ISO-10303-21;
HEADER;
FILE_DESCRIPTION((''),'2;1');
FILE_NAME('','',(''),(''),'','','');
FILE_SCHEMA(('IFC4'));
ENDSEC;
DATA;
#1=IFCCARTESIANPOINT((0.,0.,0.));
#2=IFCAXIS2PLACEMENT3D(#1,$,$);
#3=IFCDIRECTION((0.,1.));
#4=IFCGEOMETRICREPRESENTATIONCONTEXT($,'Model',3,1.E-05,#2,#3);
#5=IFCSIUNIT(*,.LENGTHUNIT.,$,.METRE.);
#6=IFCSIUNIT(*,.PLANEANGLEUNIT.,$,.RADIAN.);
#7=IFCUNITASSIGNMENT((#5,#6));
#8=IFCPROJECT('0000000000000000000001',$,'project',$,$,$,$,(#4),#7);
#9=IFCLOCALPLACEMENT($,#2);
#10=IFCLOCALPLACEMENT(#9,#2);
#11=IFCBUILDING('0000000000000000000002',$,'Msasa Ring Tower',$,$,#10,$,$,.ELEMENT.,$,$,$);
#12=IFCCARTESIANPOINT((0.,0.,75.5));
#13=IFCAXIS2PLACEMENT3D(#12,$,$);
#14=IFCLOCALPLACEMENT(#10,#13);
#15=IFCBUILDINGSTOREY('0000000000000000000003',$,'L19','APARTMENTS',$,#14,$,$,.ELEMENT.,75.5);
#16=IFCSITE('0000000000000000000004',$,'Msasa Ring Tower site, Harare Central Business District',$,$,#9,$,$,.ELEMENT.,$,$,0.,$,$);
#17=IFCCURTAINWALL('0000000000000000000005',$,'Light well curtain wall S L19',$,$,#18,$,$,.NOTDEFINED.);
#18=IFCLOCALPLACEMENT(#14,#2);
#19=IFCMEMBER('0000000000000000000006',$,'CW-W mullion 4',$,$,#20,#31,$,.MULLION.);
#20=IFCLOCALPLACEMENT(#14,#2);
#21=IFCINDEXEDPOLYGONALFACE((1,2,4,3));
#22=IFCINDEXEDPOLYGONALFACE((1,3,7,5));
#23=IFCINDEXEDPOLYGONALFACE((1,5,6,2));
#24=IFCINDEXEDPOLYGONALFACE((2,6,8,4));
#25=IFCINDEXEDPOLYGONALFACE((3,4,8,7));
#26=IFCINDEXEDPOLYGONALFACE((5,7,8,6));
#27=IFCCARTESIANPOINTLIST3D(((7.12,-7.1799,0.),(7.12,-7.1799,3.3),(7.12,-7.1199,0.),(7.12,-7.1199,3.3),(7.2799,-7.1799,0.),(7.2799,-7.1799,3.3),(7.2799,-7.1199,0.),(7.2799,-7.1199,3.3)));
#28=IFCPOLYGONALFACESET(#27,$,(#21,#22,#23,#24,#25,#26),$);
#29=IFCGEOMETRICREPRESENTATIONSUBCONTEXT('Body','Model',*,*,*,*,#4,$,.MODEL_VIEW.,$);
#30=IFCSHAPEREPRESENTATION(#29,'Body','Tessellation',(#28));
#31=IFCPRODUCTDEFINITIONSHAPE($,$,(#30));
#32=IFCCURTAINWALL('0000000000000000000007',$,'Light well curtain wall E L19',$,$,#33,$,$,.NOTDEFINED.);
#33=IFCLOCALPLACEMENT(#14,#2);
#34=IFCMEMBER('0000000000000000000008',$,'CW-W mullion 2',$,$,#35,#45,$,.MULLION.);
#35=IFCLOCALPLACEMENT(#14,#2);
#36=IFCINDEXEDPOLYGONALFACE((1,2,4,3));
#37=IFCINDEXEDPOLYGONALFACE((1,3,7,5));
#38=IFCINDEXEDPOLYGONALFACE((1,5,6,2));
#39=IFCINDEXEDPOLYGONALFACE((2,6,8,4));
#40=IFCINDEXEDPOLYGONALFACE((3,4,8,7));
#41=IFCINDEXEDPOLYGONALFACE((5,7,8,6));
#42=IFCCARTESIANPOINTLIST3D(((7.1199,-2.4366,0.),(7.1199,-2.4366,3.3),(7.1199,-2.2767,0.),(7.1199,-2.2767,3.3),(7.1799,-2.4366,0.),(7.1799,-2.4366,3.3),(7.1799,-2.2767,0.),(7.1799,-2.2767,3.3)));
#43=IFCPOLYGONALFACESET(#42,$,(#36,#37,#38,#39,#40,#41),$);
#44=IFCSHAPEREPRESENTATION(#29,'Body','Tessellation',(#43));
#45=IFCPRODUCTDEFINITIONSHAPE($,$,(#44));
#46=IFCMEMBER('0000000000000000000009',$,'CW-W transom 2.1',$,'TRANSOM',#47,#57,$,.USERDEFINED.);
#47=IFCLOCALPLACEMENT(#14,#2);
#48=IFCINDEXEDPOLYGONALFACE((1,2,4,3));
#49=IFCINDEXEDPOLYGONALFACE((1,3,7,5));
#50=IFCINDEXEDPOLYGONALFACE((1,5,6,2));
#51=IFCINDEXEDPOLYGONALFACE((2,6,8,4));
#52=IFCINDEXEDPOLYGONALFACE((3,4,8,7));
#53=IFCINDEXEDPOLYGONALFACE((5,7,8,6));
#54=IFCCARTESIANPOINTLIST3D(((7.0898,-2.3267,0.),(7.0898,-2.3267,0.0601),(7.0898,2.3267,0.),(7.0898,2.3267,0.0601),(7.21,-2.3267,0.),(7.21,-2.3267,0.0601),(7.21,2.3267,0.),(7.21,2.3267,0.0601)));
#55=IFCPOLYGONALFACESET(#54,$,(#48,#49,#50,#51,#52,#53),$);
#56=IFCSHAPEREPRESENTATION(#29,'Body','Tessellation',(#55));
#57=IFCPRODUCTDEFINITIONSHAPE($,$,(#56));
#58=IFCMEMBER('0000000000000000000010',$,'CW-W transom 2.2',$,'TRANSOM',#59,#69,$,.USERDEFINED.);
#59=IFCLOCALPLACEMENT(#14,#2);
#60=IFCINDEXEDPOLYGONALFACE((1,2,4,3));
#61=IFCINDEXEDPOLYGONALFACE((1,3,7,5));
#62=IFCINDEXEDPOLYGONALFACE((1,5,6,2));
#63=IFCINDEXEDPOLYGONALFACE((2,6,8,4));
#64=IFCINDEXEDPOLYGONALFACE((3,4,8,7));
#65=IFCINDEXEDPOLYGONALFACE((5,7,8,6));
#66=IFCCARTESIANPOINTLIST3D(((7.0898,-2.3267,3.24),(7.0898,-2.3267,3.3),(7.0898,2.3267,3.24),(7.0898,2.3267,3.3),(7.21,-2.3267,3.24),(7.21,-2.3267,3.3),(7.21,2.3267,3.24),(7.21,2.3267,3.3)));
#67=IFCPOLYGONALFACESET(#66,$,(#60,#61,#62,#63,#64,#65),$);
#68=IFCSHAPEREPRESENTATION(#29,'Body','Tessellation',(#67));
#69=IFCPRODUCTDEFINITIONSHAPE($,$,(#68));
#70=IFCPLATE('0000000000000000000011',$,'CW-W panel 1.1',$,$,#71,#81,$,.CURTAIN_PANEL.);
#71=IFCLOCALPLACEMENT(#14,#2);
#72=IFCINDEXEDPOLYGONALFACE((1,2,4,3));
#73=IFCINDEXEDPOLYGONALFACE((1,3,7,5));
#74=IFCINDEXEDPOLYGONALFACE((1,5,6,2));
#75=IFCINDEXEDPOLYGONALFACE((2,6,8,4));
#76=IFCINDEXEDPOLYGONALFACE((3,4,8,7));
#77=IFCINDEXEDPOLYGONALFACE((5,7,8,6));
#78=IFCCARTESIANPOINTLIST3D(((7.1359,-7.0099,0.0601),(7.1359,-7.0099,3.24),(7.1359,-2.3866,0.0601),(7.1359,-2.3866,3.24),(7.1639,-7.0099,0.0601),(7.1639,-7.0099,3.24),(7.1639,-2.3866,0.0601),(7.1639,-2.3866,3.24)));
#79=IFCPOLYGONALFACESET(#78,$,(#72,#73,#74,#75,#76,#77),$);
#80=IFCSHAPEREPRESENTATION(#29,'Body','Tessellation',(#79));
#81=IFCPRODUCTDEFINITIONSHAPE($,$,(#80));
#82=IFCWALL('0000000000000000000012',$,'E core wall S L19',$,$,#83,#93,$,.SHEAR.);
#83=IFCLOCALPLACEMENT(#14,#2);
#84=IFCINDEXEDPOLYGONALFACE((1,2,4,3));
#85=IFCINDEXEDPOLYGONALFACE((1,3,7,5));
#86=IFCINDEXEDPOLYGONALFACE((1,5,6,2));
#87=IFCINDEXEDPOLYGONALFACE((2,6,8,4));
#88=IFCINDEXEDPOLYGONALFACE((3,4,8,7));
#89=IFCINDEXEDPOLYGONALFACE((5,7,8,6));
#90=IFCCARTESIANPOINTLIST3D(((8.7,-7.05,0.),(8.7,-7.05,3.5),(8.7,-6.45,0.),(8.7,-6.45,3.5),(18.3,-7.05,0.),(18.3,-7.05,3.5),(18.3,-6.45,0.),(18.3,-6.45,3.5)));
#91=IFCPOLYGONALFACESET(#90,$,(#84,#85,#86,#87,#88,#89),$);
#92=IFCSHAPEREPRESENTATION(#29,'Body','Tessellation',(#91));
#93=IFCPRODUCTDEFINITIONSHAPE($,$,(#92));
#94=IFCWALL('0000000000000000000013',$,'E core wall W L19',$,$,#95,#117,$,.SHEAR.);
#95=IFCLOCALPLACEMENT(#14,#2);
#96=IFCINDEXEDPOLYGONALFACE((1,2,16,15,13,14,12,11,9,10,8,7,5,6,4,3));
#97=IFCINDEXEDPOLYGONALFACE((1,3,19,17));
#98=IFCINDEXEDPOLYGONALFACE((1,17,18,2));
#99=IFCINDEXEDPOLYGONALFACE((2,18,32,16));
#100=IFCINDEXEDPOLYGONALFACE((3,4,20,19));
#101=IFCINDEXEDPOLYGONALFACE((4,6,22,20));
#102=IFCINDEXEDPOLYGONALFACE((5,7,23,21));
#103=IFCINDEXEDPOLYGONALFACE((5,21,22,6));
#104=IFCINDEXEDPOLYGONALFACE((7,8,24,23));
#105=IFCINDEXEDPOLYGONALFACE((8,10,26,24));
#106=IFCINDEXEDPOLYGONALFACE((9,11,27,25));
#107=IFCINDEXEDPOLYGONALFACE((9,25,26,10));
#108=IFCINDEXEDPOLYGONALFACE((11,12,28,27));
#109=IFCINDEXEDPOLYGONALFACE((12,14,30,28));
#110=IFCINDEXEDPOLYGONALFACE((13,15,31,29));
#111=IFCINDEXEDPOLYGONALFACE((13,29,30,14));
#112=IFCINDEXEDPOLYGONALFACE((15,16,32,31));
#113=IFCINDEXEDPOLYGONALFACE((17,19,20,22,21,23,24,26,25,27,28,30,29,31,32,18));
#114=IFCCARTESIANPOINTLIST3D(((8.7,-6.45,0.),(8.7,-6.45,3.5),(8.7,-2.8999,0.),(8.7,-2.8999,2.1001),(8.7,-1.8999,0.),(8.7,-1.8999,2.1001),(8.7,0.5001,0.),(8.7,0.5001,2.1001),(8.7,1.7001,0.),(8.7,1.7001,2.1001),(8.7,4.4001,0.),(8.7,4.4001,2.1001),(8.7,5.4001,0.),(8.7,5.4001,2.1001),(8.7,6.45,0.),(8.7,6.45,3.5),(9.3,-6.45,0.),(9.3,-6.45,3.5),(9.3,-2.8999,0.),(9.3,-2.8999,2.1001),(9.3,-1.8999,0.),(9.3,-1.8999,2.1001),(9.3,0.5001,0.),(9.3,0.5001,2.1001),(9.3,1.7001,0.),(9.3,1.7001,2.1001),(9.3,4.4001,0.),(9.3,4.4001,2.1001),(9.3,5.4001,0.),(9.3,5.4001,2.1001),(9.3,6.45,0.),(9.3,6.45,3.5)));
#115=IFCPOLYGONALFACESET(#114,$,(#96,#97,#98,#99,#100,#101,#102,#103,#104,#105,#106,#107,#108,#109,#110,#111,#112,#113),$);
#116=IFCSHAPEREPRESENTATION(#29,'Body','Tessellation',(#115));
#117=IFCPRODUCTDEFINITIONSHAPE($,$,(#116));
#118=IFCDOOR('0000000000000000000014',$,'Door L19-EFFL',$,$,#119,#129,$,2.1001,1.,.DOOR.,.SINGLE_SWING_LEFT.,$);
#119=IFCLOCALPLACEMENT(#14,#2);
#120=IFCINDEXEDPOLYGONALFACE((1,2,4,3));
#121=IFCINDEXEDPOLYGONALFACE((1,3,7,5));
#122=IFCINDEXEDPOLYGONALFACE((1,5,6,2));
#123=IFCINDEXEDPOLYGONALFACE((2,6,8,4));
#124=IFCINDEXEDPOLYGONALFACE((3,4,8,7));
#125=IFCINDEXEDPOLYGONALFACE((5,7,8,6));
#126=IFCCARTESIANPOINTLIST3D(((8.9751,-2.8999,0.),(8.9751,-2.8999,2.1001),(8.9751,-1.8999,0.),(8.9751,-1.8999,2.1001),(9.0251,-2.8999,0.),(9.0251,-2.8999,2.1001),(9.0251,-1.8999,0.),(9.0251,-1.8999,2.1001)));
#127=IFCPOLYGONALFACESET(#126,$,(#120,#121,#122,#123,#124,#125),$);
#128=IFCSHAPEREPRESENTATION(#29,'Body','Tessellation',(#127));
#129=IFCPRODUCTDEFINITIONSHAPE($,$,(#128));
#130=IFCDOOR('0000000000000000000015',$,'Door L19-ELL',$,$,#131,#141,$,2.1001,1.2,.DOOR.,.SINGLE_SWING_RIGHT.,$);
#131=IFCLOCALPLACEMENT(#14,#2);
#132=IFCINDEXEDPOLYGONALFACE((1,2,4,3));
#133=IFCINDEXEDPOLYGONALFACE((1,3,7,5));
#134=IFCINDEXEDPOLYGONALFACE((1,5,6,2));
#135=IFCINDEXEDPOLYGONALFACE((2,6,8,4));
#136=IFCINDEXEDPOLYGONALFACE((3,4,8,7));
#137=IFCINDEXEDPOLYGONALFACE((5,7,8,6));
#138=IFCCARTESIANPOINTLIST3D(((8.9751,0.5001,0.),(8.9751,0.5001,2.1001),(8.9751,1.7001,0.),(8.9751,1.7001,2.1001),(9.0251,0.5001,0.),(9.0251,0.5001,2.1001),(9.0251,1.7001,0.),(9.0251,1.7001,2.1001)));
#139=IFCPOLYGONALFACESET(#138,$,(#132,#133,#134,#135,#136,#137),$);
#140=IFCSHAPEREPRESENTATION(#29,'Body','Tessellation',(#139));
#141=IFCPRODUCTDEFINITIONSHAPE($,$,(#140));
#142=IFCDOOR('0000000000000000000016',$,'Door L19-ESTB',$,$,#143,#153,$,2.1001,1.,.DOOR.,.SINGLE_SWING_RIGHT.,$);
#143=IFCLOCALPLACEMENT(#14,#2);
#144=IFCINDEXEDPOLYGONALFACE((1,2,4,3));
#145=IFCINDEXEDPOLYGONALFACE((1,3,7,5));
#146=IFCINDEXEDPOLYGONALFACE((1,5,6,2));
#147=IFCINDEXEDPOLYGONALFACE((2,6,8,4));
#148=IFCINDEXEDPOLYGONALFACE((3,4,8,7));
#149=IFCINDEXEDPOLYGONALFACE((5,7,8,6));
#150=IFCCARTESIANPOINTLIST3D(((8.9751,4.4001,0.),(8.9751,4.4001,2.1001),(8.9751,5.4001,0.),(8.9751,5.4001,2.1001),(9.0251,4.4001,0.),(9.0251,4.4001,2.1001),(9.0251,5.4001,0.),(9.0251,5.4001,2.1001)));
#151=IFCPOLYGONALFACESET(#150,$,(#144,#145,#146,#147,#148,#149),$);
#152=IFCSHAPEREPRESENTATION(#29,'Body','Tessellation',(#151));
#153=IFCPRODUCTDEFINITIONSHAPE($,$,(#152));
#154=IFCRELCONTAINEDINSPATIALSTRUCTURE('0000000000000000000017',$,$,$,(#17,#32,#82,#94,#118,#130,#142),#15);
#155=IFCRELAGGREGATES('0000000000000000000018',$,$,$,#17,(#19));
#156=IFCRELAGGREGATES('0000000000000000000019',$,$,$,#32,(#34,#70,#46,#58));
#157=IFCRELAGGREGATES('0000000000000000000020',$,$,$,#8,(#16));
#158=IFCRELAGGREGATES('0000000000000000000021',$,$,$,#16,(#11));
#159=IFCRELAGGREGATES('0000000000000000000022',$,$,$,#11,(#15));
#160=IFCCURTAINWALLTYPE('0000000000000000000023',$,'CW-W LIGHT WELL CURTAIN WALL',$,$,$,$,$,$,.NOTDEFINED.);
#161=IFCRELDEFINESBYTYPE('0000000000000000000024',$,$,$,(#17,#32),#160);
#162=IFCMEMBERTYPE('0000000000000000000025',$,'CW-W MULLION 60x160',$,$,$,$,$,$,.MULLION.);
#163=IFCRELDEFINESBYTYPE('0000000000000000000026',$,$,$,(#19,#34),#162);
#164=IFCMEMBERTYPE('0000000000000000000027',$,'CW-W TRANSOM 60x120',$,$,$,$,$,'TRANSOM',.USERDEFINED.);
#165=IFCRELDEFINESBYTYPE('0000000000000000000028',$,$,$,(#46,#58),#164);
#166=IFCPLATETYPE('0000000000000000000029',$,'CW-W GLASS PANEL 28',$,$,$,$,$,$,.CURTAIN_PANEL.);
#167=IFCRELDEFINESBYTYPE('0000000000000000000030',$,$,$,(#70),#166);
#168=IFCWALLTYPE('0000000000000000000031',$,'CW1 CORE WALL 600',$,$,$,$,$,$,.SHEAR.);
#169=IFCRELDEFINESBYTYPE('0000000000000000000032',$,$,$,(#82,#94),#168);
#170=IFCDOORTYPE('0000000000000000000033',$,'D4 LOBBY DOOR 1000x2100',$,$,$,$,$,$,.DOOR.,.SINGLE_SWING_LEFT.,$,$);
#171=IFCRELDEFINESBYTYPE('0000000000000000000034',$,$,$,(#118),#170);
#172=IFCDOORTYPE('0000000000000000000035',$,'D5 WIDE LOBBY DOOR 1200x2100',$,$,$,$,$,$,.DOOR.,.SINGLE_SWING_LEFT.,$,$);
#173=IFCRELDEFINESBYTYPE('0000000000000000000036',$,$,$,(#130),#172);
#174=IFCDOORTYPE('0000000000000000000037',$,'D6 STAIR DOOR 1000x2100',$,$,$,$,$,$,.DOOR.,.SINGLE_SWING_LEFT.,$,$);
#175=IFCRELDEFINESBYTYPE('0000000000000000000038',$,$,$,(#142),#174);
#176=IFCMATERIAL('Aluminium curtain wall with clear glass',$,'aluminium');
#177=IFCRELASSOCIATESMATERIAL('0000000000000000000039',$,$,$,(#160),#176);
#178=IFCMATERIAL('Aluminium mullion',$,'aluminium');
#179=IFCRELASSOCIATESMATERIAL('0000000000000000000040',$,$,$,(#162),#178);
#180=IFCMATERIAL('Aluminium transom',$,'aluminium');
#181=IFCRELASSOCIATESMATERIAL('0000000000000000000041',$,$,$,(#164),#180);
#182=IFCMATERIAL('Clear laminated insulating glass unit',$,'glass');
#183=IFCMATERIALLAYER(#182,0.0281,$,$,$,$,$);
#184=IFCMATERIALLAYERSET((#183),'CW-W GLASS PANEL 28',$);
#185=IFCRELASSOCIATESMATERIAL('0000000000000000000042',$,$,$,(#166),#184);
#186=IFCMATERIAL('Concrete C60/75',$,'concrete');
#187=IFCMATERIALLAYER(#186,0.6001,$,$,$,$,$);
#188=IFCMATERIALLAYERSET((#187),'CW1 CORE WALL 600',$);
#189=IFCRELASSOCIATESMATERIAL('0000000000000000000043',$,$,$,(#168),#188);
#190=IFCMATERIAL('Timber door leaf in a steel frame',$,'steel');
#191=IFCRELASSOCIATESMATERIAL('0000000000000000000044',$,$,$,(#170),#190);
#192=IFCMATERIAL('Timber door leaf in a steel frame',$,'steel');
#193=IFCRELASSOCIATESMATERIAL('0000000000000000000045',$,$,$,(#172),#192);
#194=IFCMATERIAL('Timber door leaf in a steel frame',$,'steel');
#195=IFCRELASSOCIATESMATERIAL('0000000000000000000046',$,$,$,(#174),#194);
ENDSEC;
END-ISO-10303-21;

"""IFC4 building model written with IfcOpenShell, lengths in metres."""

from ifc_helpers import new_model, si_unit, direction, frame, frame_2d, origin, origin_2d, place, context, subcontext, project, spatial, rectangle, extrude, material, layer, layer_set, material_profile, profile_set, type_object, element, fill, aggregate, save


model = new_model("IFC4")

# Units and contexts
model_context = context("Model", 3, precision=1e-05, world=origin(), true_north=direction((0.0, 1.0)))
body_context = subcontext(model_context, "Body", "Model", "MODEL_VIEW")
ifc_project = project(units=[si_unit("LENGTHUNIT", "METRE"), si_unit("PLANEANGLEUNIT", "RADIAN")], contexts=[model_context])

# Site, building, storey
site_placement = place(None, origin())
site = spatial("IfcSite", under=ifc_project, at=site_placement, Name="Msasa Ring Tower site, Harare Central Business District", CompositionType="ELEMENT", RefElevation=0.0)
building_placement = place(site_placement, origin())
building = spatial("IfcBuilding", under=site, at=building_placement, Name="Msasa Ring Tower", CompositionType="ELEMENT")
storey_placement = place(building_placement, frame((0.0, 0.0, 75.5)))
storey = spatial("IfcBuildingStorey", under=building, at=storey_placement, Name="L19", Description="APARTMENTS", CompositionType="ELEMENT", Elevation=75.5)

# Curtain wall, member
ifc_material_1 = material(Name="Aluminium curtain wall with clear glass", Category="aluminium")
curtain_wall_type = type_object("IfcCurtainWallType", Name="CW-W LIGHT WELL CURTAIN WALL", PredefinedType="NOTDEFINED", material=ifc_material_1)
curtain_wall_1_placement = place(storey_placement, origin())
curtain_wall_1 = element("IfcCurtainWall", 1, at=curtain_wall_1_placement, inside=storey, type_object=curtain_wall_type, Name="Light well curtain wall S L19", PredefinedType="NOTDEFINED")
ifc_material_2 = material(Name="Aluminium mullion", Category="aluminium")
ifc_material_profile_1 = material_profile(ifc_material_2, rectangle(XDim=0.0601, YDim=0.1599, at=origin_2d()), Name="AL 60x160")
ifc_profile_set_1 = profile_set([ifc_material_profile_1], Name="Aluminium mullion")
member_type_1 = type_object("IfcMemberType", Name="CW-W MULLION 60x160", PredefinedType="MULLION", material=ifc_profile_set_1)
member_1_placement = place(storey_placement, frame((7.2, -7.1499, 0.0), z_axis=(0.0, 0.0, 1.0), x_axis=(0.0, 1.0, 0.0)))
member_1 = element("IfcMember", 2, at=member_1_placement, type_object=member_type_1, Name="CW-W mullion 4", PredefinedType="MULLION", context=body_context, shape_type="SweptSolid", body=[
    extrude(rectangle(XDim=0.0601, YDim=0.1599, at=origin_2d()), origin(), (0.0, 0.0, 1.0), 3.3),
])
aggregate(curtain_wall_1, [member_1])

# Curtain wall, members, plate
curtain_wall_2_placement = place(storey_placement, origin())
curtain_wall_2 = element("IfcCurtainWall", 3, at=curtain_wall_2_placement, inside=storey, type_object=curtain_wall_type, Name="Light well curtain wall E L19", PredefinedType="NOTDEFINED")
member_2_placement = place(storey_placement, frame((7.1499, -2.3567, 0.0), z_axis=(0.0, 0.0, 1.0), x_axis=(-1.0, 0.0, 0.0)))
member_2 = element("IfcMember", 4, at=member_2_placement, type_object=member_type_1, Name="CW-W mullion 2", PredefinedType="MULLION", context=body_context, shape_type="SweptSolid", body=[
    extrude(rectangle(XDim=0.0601, YDim=0.1599, at=origin_2d()), origin(), (0.0, 0.0, 1.0), 3.3),
])
ifc_material_3 = material(Name="Aluminium transom", Category="aluminium")
ifc_material_profile_2 = material_profile(ifc_material_3, rectangle(XDim=0.1201, YDim=0.0601, at=origin_2d()), Name="AL 60x120")
ifc_profile_set_2 = profile_set([ifc_material_profile_2], Name="Aluminium transom")
member_type_2 = type_object("IfcMemberType", Name="CW-W TRANSOM 60x120", ElementType="TRANSOM", PredefinedType="USERDEFINED", material=ifc_profile_set_2)
member_3_placement = place(storey_placement, frame((7.1499, -2.3267, 0.03), z_axis=(0.0, 1.0, 0.0), x_axis=(-1.0, 0.0, 0.0)))
member_3 = element("IfcMember", 5, at=member_3_placement, type_object=member_type_2, Name="CW-W transom 2.1", ObjectType="TRANSOM", PredefinedType="USERDEFINED", context=body_context, shape_type="SweptSolid", body=[
    extrude(rectangle(XDim=0.1201, YDim=0.0601, at=origin_2d()), origin(), (0.0, 0.0, 1.0), 4.6533),
])
member_4_placement = place(storey_placement, frame((7.1499, -2.3267, 3.27), z_axis=(0.0, 1.0, 0.0), x_axis=(-1.0, 0.0, 0.0)))
member_4 = element("IfcMember", 6, at=member_4_placement, type_object=member_type_2, Name="CW-W transom 2.2", ObjectType="TRANSOM", PredefinedType="USERDEFINED", context=body_context, shape_type="SweptSolid", body=[
    extrude(rectangle(XDim=0.1201, YDim=0.0601, at=origin_2d()), origin(), (0.0, 0.0, 1.0), 4.6533),
])
ifc_material_4 = material(Name="Clear laminated insulating glass unit", Category="glass")
ifc_layer_1 = layer(ifc_material_4, 0.0281)
ifc_layer_set_1 = layer_set([ifc_layer_1], Name="CW-W GLASS PANEL 28")
plate_type = type_object("IfcPlateType", Name="CW-W GLASS PANEL 28", PredefinedType="CURTAIN_PANEL", material=ifc_layer_set_1)
plate_placement = place(storey_placement, frame((7.1499, -4.6982, 0.0601), z_axis=(0.0, 0.0, 1.0), x_axis=(0.0, 1.0, 0.0)))
plate = element("IfcPlate", 7, at=plate_placement, type_object=plate_type, Name="CW-W panel 1.1", PredefinedType="CURTAIN_PANEL", context=body_context, shape_type="SweptSolid", body=[
    extrude(rectangle(XDim=4.6233, YDim=0.0281, at=origin_2d()), origin(), (0.0, 0.0, 1.0), 3.1799),
])
aggregate(curtain_wall_2, [member_2, plate, member_3, member_4])

# Wall
ifc_material_5 = material(Name="Concrete C60/75", Category="concrete")
ifc_layer_2 = layer(ifc_material_5, 0.6001)
ifc_layer_set_2 = layer_set([ifc_layer_2], Name="CW1 CORE WALL 600")
wall_type_1 = type_object("IfcWallType", Name="CW1 CORE WALL 600", PredefinedType="SHEAR", material=ifc_layer_set_2)
wall_1_placement = place(storey_placement, frame((8.7, -6.75, 0.0), z_axis=(0.0, 0.0, 1.0), x_axis=(1.0, 0.0, 0.0)))
element("IfcWall", 8, at=wall_1_placement, inside=storey, type_object=wall_type_1, Name="E core wall S L19", PredefinedType="SHEAR", context=body_context, shape_type="SweptSolid", body=[
    extrude(rectangle(XDim=9.6001, YDim=0.6001, at=frame_2d((4.8, 0.0))), origin(), (0.0, 0.0, 1.0), 3.5),
])

# Wall, openings, doors
wall_2_placement = place(storey_placement, frame((9.0, -6.45, 0.0), z_axis=(0.0, 0.0, 1.0), x_axis=(0.0, 1.0, 0.0)))
wall_2 = element("IfcWall", 9, at=wall_2_placement, inside=storey, type_object=wall_type_1, Name="E core wall W L19", PredefinedType="SHEAR", context=body_context, shape_type="SweptSolid", body=[
    extrude(rectangle(XDim=12.8999, YDim=0.6001, at=frame_2d((6.45, 0.0))), origin(), (0.0, 0.0, 1.0), 3.5),
])
opening_1_placement = place(wall_2_placement, frame((3.55, 0.0, 0.0)))
opening_1 = element("IfcOpeningElement", 10, at=opening_1_placement, cuts=wall_2, PredefinedType="OPENING", context=body_context, shape_type="SweptSolid", body=[
    extrude(rectangle(XDim=1.0, YDim=2.1001, at=frame_2d((0.5, 1.05))), frame((0.0, 0.3101, 0.0), z_axis=(0.0, -1.0, 0.0), x_axis=(1.0, 0.0, 0.0)), (0.0, 0.0, 1.0), 0.6201),
])
opening_2_placement = place(wall_2_placement, frame((6.95, 0.0, 0.0)))
opening_2 = element("IfcOpeningElement", 11, at=opening_2_placement, cuts=wall_2, PredefinedType="OPENING", context=body_context, shape_type="SweptSolid", body=[
    extrude(rectangle(XDim=1.2, YDim=2.1001, at=frame_2d((0.6001, 1.05))), frame((0.0, 0.3101, 0.0), z_axis=(0.0, -1.0, 0.0), x_axis=(1.0, 0.0, 0.0)), (0.0, 0.0, 1.0), 0.6201),
])
opening_3_placement = place(wall_2_placement, frame((10.8501, 0.0, 0.0)))
opening_3 = element("IfcOpeningElement", 12, at=opening_3_placement, cuts=wall_2, PredefinedType="OPENING", context=body_context, shape_type="SweptSolid", body=[
    extrude(rectangle(XDim=1.0, YDim=2.1001, at=frame_2d((0.5, 1.05))), frame((0.0, 0.3101, 0.0), z_axis=(0.0, -1.0, 0.0), x_axis=(1.0, 0.0, 0.0)), (0.0, 0.0, 1.0), 0.6201),
])
ifc_material_6 = material(Name="Timber door leaf in a steel frame", Category="steel")
door_type_1 = type_object("IfcDoorType", Name="D4 LOBBY DOOR 1000x2100", OperationType="SINGLE_SWING_LEFT", PredefinedType="DOOR", material=ifc_material_6)
door_1_placement = place(opening_1_placement, origin())
door_1 = element("IfcDoor", 13, at=door_1_placement, inside=storey, type_object=door_type_1, Name="Door L19-EFFL", OperationType="SINGLE_SWING_LEFT", OverallHeight=2.1001, OverallWidth=1.0, PredefinedType="DOOR", context=body_context, shape_type="SweptSolid", body=[
    extrude(rectangle(XDim=1.0, YDim=2.1001, at=frame_2d((0.5, 1.05))), frame((0.0, 0.0249, 0.0), z_axis=(0.0, -1.0, 0.0), x_axis=(1.0, 0.0, 0.0)), (0.0, 0.0, 1.0), 0.05),
])
fill(opening_1, door_1)
ifc_material_7 = material(Name="Timber door leaf in a steel frame", Category="steel")
door_type_2 = type_object("IfcDoorType", Name="D5 WIDE LOBBY DOOR 1200x2100", OperationType="SINGLE_SWING_LEFT", PredefinedType="DOOR", material=ifc_material_7)
door_2_placement = place(opening_2_placement, origin())
door_2 = element("IfcDoor", 14, at=door_2_placement, inside=storey, type_object=door_type_2, Name="Door L19-ELL", OperationType="SINGLE_SWING_RIGHT", OverallHeight=2.1001, OverallWidth=1.2, PredefinedType="DOOR", context=body_context, shape_type="SweptSolid", body=[
    extrude(rectangle(XDim=1.2, YDim=2.1001, at=frame_2d((0.6001, 1.05))), frame((0.0, 0.0249, 0.0), z_axis=(0.0, -1.0, 0.0), x_axis=(1.0, 0.0, 0.0)), (0.0, 0.0, 1.0), 0.05),
])
fill(opening_2, door_2)
ifc_material_8 = material(Name="Timber door leaf in a steel frame", Category="steel")
door_type_3 = type_object("IfcDoorType", Name="D6 STAIR DOOR 1000x2100", OperationType="SINGLE_SWING_LEFT", PredefinedType="DOOR", material=ifc_material_8)
door_3_placement = place(opening_3_placement, origin())
door_3 = element("IfcDoor", 15, at=door_3_placement, inside=storey, type_object=door_type_3, Name="Door L19-ESTB", OperationType="SINGLE_SWING_RIGHT", OverallHeight=2.1001, OverallWidth=1.0, PredefinedType="DOOR", context=body_context, shape_type="SweptSolid", body=[
    extrude(rectangle(XDim=1.0, YDim=2.1001, at=frame_2d((0.5, 1.05))), frame((0.0, 0.0249, 0.0), z_axis=(0.0, -1.0, 0.0), x_axis=(1.0, 0.0, 0.0)), (0.0, 0.0, 1.0), 0.05),
])
fill(opening_3, door_3)

save(model, "model.ifc")
